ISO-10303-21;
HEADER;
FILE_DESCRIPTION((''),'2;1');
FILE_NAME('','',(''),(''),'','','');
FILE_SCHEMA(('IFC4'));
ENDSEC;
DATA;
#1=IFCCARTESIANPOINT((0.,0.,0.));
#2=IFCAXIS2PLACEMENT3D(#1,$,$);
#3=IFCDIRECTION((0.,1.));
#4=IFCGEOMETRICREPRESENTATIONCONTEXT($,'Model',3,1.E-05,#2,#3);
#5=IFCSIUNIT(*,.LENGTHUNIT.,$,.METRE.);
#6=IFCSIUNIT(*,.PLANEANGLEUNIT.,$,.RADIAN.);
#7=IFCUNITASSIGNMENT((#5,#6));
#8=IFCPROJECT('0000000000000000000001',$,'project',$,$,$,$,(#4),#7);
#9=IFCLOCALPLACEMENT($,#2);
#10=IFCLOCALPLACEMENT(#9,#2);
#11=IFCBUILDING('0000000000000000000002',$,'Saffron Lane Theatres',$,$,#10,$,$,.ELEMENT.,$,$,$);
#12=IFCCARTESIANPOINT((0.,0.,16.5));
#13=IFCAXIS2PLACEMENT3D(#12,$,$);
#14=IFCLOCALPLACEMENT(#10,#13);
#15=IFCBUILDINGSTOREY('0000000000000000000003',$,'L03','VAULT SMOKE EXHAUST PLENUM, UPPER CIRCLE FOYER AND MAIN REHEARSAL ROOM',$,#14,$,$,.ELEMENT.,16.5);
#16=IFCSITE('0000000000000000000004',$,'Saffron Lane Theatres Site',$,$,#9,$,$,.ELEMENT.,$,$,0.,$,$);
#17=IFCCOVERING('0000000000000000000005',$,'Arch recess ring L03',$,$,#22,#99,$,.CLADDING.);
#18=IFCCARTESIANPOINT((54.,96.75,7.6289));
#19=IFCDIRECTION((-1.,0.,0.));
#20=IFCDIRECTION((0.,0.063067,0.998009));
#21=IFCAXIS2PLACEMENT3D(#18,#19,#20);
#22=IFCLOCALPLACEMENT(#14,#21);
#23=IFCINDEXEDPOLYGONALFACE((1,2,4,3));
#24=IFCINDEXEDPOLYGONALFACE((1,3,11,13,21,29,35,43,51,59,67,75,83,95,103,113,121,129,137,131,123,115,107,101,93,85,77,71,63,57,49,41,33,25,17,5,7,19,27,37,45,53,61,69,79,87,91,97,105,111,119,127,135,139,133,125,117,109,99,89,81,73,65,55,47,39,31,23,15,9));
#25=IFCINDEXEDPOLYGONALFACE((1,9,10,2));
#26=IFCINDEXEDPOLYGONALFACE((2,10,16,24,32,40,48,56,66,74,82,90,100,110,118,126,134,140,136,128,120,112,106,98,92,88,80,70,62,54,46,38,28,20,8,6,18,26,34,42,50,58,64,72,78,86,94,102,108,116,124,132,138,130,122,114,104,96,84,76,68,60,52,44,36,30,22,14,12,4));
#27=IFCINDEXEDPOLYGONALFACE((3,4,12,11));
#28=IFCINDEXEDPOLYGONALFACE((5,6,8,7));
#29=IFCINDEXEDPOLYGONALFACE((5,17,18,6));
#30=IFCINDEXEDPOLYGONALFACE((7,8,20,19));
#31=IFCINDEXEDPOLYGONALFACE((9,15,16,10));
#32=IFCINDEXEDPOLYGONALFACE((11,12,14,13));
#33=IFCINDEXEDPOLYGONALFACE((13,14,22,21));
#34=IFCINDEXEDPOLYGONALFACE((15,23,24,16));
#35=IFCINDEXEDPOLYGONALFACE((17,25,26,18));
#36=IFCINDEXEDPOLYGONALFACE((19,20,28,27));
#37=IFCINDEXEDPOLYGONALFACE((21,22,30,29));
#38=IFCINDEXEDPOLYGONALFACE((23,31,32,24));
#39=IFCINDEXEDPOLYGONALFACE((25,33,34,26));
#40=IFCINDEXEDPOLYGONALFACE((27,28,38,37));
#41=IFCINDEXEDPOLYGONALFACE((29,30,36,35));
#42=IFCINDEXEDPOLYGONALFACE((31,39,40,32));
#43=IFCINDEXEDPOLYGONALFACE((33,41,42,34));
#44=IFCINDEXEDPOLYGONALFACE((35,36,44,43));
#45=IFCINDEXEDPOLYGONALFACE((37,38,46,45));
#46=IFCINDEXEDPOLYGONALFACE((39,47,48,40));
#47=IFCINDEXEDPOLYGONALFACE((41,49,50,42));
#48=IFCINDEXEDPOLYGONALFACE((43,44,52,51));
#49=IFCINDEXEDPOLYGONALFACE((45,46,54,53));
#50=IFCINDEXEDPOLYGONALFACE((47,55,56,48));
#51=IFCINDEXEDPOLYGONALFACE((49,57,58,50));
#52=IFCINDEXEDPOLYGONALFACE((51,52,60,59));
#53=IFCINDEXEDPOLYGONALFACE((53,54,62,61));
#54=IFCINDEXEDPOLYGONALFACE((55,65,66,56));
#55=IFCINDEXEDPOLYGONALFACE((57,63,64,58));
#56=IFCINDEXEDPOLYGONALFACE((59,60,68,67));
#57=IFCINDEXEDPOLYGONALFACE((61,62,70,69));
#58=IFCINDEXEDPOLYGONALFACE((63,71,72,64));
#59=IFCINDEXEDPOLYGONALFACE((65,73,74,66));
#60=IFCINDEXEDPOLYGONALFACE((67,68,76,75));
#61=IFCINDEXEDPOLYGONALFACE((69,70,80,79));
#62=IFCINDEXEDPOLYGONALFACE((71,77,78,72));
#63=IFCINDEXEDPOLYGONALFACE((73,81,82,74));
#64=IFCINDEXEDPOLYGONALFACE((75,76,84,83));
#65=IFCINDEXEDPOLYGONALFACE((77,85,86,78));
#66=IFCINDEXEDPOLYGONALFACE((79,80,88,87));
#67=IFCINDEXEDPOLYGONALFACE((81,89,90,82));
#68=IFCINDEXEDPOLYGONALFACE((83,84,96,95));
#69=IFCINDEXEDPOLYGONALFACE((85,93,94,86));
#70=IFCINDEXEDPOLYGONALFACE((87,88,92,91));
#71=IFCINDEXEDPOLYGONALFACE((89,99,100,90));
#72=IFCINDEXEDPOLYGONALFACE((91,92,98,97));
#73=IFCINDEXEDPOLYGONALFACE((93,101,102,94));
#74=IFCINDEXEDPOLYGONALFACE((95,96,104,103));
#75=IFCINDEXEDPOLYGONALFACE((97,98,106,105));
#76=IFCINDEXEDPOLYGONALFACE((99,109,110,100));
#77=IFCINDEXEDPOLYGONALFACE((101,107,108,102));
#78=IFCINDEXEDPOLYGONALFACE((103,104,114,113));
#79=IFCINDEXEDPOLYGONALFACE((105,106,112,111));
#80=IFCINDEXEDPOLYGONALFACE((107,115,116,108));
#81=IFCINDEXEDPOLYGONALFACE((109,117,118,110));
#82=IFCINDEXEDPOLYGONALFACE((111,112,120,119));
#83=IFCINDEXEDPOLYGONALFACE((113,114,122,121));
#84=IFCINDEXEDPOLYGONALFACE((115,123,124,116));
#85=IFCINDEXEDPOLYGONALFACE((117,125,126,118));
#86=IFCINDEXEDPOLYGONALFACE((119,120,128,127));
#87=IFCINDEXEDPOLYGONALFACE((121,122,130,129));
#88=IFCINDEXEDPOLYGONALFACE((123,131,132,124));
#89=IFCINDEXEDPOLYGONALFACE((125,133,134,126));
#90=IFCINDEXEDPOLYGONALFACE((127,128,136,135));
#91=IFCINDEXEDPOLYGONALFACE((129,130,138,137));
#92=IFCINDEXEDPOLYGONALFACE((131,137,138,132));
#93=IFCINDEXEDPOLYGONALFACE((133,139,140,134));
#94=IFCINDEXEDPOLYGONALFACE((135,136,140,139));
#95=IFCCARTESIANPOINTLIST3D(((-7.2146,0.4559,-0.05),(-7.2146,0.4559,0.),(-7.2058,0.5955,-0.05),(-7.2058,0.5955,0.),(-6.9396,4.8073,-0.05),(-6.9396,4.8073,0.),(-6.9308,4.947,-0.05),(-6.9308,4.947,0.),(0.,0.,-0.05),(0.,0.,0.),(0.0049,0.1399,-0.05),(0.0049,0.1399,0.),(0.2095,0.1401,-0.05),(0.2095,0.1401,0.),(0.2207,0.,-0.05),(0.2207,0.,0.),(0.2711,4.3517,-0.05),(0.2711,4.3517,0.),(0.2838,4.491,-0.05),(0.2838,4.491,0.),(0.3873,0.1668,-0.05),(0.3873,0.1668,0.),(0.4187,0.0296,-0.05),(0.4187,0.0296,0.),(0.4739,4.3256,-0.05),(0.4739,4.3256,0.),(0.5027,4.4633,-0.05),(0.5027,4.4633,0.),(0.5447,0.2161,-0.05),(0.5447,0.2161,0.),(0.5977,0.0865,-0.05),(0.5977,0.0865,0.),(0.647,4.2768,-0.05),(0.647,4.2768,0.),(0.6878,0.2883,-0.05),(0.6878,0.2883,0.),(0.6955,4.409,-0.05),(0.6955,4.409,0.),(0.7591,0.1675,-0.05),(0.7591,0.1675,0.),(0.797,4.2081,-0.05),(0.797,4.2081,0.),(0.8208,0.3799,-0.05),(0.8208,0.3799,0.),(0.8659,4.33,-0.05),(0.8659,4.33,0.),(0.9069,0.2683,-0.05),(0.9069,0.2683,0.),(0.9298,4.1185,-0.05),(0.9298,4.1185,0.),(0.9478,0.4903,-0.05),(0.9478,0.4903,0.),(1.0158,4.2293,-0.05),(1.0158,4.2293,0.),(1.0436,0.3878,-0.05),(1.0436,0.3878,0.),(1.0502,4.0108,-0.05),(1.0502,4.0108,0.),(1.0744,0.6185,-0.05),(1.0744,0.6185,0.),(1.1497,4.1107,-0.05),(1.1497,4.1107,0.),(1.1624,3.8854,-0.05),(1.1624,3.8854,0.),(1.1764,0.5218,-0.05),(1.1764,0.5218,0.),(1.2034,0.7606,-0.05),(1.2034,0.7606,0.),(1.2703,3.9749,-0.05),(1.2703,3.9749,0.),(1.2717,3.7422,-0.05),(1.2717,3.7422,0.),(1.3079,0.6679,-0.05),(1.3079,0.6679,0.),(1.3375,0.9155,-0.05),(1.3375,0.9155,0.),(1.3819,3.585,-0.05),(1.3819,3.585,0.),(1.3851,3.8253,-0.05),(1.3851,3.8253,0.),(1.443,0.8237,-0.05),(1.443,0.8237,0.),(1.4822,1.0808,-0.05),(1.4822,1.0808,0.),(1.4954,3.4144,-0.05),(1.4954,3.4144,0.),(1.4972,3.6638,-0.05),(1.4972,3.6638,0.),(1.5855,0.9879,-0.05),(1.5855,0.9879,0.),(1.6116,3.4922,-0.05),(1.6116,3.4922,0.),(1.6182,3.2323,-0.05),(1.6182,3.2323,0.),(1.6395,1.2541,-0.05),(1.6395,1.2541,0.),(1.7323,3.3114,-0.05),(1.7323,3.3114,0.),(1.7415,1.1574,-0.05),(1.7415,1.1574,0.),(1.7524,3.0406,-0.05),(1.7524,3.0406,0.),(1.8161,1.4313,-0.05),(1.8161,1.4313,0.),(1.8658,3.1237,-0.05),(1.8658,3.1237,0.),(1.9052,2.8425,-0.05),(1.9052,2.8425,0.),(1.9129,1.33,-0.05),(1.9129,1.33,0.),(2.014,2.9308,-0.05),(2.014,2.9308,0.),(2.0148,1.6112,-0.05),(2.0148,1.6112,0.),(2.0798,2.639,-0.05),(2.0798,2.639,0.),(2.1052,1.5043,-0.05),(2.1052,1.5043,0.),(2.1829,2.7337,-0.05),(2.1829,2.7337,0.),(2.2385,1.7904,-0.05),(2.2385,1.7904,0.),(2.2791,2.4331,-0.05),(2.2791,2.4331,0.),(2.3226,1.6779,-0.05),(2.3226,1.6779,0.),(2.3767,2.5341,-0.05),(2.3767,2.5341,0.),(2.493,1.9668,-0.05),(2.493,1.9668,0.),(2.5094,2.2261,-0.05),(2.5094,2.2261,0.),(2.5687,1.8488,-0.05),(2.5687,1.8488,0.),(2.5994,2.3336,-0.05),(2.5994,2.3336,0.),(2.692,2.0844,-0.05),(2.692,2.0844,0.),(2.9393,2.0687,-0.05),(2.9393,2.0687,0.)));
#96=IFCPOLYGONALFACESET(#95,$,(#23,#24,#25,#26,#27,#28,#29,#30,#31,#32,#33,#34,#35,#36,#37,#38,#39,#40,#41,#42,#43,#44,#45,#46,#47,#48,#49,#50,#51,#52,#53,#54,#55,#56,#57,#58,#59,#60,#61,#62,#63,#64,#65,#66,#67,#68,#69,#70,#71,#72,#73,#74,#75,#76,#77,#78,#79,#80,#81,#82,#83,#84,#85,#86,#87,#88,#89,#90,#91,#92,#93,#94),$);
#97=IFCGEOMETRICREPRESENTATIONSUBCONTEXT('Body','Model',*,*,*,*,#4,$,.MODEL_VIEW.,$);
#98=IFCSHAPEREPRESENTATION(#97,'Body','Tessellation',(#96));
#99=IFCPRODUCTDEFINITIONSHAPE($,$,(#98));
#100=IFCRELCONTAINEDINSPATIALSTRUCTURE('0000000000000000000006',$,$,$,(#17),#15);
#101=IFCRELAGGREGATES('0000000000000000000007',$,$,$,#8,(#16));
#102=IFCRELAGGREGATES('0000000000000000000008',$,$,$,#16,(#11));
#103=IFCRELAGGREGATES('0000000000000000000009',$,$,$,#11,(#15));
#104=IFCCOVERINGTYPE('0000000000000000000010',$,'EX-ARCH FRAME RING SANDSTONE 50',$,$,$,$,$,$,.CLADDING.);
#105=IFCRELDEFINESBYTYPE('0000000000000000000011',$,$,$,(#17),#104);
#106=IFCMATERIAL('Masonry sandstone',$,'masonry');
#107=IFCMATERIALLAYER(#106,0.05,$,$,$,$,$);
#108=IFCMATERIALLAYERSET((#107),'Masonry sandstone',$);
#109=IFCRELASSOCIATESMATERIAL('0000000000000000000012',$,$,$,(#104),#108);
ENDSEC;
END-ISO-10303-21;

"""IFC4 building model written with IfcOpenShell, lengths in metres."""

from ifc_helpers import new_model, si_unit, direction, frame, origin, place, context, subcontext, project, spatial, polyline, outline, extrude, material, layer, layer_set, type_object, element, save


model = new_model("IFC4")

# Units and contexts
model_context = context("Model", 3, precision=1e-05, world=origin(), true_north=direction((0.0, 1.0)))
body_context = subcontext(model_context, "Body", "Model", "MODEL_VIEW")
ifc_project = project(units=[si_unit("LENGTHUNIT", "METRE"), si_unit("PLANEANGLEUNIT", "RADIAN")], contexts=[model_context])

# Site, building, storey
site_placement = place(None, origin())
site = spatial("IfcSite", under=ifc_project, at=site_placement, Name="Saffron Lane Theatres Site", CompositionType="ELEMENT", RefElevation=0.0)
building_placement = place(site_placement, origin())
building = spatial("IfcBuilding", under=site, at=building_placement, Name="Saffron Lane Theatres", CompositionType="ELEMENT")
storey_placement = place(building_placement, frame((0.0, 0.0, 16.5)))
storey = spatial("IfcBuildingStorey", under=building, at=storey_placement, Name="L03", Description="VAULT SMOKE EXHAUST PLENUM, UPPER CIRCLE FOYER AND MAIN REHEARSAL ROOM", CompositionType="ELEMENT", Elevation=16.5)

# Covering
ifc_material_1 = material(Name="Masonry sandstone", Category="masonry")
ifc_layer_1 = layer(ifc_material_1, 0.05)
ifc_layer_set_1 = layer_set([ifc_layer_1], Name="Masonry sandstone")
covering_type = type_object("IfcCoveringType", Name="EX-ARCH FRAME RING SANDSTONE 50", PredefinedType="CLADDING", material=ifc_layer_set_1)
covering_1_placement = place(storey_placement, frame((54.0, 96.75, 7.6289), z_axis=(-1.0, 0.0, 0.0), x_axis=(0.0, 0.063067, 0.998009)))
element("IfcCovering", 1, at=covering_1_placement, inside=storey, type_object=covering_type, Name="Arch recess ring L03", PredefinedType="CLADDING", context=body_context, shape_type="SweptSolid", body=[
    extrude(outline(polyline([(0.0, 0.0), (0.2207, 0.0), (0.4187, 0.0296), (0.5977, 0.0865), (0.7591, 0.1675), (0.9069, 0.2683), (1.0436, 0.3878), (1.1764, 0.5218), (1.3079, 0.6679), (1.443, 0.8237), (1.5855, 0.9879), (1.7415, 1.1574), (1.9129, 1.33), (2.1052, 1.5043), (2.3226, 1.6779), (2.5687, 1.8488), (2.9393, 2.0687), (2.5994, 2.3336), (2.3767, 2.5341), (2.1829, 2.7337), (2.014, 2.9308), (1.8658, 3.1237), (1.7323, 3.3114), (1.6116, 3.4922), (1.4972, 3.6638), (1.3851, 3.8253), (1.2703, 3.9749), (1.1497, 4.1107), (1.0158, 4.2293), (0.8659, 4.33), (0.6955, 4.409), (0.5027, 4.4633), (0.2838, 4.491), (-6.9308, 4.947), (-6.9396, 4.8073), (0.2711, 4.3517), (0.4739, 4.3256), (0.647, 4.2768), (0.797, 4.2081), (0.9298, 4.1185), (1.0502, 4.0108), (1.1624, 3.8854), (1.2717, 3.7422), (1.3819, 3.585), (1.4954, 3.4144), (1.6182, 3.2323), (1.7524, 3.0406), (1.9052, 2.8425), (2.0798, 2.639), (2.2791, 2.4331), (2.5094, 2.2261), (2.692, 2.0844), (2.493, 1.9668), (2.2385, 1.7904), (2.0148, 1.6112), (1.8161, 1.4313), (1.6395, 1.2541), (1.4822, 1.0808), (1.3375, 0.9155), (1.2034, 0.7606), (1.0744, 0.6185), (0.9478, 0.4903), (0.8208, 0.3799), (0.6878, 0.2883), (0.5447, 0.2161), (0.3873, 0.1668), (0.2095, 0.1401), (0.0049, 0.1399), (-7.2058, 0.5955), (-7.2146, 0.4559), (0.0, 0.0)])), origin(), (0.0, 0.0, -1.0), 0.05),
])

save(model, "model.ifc")
